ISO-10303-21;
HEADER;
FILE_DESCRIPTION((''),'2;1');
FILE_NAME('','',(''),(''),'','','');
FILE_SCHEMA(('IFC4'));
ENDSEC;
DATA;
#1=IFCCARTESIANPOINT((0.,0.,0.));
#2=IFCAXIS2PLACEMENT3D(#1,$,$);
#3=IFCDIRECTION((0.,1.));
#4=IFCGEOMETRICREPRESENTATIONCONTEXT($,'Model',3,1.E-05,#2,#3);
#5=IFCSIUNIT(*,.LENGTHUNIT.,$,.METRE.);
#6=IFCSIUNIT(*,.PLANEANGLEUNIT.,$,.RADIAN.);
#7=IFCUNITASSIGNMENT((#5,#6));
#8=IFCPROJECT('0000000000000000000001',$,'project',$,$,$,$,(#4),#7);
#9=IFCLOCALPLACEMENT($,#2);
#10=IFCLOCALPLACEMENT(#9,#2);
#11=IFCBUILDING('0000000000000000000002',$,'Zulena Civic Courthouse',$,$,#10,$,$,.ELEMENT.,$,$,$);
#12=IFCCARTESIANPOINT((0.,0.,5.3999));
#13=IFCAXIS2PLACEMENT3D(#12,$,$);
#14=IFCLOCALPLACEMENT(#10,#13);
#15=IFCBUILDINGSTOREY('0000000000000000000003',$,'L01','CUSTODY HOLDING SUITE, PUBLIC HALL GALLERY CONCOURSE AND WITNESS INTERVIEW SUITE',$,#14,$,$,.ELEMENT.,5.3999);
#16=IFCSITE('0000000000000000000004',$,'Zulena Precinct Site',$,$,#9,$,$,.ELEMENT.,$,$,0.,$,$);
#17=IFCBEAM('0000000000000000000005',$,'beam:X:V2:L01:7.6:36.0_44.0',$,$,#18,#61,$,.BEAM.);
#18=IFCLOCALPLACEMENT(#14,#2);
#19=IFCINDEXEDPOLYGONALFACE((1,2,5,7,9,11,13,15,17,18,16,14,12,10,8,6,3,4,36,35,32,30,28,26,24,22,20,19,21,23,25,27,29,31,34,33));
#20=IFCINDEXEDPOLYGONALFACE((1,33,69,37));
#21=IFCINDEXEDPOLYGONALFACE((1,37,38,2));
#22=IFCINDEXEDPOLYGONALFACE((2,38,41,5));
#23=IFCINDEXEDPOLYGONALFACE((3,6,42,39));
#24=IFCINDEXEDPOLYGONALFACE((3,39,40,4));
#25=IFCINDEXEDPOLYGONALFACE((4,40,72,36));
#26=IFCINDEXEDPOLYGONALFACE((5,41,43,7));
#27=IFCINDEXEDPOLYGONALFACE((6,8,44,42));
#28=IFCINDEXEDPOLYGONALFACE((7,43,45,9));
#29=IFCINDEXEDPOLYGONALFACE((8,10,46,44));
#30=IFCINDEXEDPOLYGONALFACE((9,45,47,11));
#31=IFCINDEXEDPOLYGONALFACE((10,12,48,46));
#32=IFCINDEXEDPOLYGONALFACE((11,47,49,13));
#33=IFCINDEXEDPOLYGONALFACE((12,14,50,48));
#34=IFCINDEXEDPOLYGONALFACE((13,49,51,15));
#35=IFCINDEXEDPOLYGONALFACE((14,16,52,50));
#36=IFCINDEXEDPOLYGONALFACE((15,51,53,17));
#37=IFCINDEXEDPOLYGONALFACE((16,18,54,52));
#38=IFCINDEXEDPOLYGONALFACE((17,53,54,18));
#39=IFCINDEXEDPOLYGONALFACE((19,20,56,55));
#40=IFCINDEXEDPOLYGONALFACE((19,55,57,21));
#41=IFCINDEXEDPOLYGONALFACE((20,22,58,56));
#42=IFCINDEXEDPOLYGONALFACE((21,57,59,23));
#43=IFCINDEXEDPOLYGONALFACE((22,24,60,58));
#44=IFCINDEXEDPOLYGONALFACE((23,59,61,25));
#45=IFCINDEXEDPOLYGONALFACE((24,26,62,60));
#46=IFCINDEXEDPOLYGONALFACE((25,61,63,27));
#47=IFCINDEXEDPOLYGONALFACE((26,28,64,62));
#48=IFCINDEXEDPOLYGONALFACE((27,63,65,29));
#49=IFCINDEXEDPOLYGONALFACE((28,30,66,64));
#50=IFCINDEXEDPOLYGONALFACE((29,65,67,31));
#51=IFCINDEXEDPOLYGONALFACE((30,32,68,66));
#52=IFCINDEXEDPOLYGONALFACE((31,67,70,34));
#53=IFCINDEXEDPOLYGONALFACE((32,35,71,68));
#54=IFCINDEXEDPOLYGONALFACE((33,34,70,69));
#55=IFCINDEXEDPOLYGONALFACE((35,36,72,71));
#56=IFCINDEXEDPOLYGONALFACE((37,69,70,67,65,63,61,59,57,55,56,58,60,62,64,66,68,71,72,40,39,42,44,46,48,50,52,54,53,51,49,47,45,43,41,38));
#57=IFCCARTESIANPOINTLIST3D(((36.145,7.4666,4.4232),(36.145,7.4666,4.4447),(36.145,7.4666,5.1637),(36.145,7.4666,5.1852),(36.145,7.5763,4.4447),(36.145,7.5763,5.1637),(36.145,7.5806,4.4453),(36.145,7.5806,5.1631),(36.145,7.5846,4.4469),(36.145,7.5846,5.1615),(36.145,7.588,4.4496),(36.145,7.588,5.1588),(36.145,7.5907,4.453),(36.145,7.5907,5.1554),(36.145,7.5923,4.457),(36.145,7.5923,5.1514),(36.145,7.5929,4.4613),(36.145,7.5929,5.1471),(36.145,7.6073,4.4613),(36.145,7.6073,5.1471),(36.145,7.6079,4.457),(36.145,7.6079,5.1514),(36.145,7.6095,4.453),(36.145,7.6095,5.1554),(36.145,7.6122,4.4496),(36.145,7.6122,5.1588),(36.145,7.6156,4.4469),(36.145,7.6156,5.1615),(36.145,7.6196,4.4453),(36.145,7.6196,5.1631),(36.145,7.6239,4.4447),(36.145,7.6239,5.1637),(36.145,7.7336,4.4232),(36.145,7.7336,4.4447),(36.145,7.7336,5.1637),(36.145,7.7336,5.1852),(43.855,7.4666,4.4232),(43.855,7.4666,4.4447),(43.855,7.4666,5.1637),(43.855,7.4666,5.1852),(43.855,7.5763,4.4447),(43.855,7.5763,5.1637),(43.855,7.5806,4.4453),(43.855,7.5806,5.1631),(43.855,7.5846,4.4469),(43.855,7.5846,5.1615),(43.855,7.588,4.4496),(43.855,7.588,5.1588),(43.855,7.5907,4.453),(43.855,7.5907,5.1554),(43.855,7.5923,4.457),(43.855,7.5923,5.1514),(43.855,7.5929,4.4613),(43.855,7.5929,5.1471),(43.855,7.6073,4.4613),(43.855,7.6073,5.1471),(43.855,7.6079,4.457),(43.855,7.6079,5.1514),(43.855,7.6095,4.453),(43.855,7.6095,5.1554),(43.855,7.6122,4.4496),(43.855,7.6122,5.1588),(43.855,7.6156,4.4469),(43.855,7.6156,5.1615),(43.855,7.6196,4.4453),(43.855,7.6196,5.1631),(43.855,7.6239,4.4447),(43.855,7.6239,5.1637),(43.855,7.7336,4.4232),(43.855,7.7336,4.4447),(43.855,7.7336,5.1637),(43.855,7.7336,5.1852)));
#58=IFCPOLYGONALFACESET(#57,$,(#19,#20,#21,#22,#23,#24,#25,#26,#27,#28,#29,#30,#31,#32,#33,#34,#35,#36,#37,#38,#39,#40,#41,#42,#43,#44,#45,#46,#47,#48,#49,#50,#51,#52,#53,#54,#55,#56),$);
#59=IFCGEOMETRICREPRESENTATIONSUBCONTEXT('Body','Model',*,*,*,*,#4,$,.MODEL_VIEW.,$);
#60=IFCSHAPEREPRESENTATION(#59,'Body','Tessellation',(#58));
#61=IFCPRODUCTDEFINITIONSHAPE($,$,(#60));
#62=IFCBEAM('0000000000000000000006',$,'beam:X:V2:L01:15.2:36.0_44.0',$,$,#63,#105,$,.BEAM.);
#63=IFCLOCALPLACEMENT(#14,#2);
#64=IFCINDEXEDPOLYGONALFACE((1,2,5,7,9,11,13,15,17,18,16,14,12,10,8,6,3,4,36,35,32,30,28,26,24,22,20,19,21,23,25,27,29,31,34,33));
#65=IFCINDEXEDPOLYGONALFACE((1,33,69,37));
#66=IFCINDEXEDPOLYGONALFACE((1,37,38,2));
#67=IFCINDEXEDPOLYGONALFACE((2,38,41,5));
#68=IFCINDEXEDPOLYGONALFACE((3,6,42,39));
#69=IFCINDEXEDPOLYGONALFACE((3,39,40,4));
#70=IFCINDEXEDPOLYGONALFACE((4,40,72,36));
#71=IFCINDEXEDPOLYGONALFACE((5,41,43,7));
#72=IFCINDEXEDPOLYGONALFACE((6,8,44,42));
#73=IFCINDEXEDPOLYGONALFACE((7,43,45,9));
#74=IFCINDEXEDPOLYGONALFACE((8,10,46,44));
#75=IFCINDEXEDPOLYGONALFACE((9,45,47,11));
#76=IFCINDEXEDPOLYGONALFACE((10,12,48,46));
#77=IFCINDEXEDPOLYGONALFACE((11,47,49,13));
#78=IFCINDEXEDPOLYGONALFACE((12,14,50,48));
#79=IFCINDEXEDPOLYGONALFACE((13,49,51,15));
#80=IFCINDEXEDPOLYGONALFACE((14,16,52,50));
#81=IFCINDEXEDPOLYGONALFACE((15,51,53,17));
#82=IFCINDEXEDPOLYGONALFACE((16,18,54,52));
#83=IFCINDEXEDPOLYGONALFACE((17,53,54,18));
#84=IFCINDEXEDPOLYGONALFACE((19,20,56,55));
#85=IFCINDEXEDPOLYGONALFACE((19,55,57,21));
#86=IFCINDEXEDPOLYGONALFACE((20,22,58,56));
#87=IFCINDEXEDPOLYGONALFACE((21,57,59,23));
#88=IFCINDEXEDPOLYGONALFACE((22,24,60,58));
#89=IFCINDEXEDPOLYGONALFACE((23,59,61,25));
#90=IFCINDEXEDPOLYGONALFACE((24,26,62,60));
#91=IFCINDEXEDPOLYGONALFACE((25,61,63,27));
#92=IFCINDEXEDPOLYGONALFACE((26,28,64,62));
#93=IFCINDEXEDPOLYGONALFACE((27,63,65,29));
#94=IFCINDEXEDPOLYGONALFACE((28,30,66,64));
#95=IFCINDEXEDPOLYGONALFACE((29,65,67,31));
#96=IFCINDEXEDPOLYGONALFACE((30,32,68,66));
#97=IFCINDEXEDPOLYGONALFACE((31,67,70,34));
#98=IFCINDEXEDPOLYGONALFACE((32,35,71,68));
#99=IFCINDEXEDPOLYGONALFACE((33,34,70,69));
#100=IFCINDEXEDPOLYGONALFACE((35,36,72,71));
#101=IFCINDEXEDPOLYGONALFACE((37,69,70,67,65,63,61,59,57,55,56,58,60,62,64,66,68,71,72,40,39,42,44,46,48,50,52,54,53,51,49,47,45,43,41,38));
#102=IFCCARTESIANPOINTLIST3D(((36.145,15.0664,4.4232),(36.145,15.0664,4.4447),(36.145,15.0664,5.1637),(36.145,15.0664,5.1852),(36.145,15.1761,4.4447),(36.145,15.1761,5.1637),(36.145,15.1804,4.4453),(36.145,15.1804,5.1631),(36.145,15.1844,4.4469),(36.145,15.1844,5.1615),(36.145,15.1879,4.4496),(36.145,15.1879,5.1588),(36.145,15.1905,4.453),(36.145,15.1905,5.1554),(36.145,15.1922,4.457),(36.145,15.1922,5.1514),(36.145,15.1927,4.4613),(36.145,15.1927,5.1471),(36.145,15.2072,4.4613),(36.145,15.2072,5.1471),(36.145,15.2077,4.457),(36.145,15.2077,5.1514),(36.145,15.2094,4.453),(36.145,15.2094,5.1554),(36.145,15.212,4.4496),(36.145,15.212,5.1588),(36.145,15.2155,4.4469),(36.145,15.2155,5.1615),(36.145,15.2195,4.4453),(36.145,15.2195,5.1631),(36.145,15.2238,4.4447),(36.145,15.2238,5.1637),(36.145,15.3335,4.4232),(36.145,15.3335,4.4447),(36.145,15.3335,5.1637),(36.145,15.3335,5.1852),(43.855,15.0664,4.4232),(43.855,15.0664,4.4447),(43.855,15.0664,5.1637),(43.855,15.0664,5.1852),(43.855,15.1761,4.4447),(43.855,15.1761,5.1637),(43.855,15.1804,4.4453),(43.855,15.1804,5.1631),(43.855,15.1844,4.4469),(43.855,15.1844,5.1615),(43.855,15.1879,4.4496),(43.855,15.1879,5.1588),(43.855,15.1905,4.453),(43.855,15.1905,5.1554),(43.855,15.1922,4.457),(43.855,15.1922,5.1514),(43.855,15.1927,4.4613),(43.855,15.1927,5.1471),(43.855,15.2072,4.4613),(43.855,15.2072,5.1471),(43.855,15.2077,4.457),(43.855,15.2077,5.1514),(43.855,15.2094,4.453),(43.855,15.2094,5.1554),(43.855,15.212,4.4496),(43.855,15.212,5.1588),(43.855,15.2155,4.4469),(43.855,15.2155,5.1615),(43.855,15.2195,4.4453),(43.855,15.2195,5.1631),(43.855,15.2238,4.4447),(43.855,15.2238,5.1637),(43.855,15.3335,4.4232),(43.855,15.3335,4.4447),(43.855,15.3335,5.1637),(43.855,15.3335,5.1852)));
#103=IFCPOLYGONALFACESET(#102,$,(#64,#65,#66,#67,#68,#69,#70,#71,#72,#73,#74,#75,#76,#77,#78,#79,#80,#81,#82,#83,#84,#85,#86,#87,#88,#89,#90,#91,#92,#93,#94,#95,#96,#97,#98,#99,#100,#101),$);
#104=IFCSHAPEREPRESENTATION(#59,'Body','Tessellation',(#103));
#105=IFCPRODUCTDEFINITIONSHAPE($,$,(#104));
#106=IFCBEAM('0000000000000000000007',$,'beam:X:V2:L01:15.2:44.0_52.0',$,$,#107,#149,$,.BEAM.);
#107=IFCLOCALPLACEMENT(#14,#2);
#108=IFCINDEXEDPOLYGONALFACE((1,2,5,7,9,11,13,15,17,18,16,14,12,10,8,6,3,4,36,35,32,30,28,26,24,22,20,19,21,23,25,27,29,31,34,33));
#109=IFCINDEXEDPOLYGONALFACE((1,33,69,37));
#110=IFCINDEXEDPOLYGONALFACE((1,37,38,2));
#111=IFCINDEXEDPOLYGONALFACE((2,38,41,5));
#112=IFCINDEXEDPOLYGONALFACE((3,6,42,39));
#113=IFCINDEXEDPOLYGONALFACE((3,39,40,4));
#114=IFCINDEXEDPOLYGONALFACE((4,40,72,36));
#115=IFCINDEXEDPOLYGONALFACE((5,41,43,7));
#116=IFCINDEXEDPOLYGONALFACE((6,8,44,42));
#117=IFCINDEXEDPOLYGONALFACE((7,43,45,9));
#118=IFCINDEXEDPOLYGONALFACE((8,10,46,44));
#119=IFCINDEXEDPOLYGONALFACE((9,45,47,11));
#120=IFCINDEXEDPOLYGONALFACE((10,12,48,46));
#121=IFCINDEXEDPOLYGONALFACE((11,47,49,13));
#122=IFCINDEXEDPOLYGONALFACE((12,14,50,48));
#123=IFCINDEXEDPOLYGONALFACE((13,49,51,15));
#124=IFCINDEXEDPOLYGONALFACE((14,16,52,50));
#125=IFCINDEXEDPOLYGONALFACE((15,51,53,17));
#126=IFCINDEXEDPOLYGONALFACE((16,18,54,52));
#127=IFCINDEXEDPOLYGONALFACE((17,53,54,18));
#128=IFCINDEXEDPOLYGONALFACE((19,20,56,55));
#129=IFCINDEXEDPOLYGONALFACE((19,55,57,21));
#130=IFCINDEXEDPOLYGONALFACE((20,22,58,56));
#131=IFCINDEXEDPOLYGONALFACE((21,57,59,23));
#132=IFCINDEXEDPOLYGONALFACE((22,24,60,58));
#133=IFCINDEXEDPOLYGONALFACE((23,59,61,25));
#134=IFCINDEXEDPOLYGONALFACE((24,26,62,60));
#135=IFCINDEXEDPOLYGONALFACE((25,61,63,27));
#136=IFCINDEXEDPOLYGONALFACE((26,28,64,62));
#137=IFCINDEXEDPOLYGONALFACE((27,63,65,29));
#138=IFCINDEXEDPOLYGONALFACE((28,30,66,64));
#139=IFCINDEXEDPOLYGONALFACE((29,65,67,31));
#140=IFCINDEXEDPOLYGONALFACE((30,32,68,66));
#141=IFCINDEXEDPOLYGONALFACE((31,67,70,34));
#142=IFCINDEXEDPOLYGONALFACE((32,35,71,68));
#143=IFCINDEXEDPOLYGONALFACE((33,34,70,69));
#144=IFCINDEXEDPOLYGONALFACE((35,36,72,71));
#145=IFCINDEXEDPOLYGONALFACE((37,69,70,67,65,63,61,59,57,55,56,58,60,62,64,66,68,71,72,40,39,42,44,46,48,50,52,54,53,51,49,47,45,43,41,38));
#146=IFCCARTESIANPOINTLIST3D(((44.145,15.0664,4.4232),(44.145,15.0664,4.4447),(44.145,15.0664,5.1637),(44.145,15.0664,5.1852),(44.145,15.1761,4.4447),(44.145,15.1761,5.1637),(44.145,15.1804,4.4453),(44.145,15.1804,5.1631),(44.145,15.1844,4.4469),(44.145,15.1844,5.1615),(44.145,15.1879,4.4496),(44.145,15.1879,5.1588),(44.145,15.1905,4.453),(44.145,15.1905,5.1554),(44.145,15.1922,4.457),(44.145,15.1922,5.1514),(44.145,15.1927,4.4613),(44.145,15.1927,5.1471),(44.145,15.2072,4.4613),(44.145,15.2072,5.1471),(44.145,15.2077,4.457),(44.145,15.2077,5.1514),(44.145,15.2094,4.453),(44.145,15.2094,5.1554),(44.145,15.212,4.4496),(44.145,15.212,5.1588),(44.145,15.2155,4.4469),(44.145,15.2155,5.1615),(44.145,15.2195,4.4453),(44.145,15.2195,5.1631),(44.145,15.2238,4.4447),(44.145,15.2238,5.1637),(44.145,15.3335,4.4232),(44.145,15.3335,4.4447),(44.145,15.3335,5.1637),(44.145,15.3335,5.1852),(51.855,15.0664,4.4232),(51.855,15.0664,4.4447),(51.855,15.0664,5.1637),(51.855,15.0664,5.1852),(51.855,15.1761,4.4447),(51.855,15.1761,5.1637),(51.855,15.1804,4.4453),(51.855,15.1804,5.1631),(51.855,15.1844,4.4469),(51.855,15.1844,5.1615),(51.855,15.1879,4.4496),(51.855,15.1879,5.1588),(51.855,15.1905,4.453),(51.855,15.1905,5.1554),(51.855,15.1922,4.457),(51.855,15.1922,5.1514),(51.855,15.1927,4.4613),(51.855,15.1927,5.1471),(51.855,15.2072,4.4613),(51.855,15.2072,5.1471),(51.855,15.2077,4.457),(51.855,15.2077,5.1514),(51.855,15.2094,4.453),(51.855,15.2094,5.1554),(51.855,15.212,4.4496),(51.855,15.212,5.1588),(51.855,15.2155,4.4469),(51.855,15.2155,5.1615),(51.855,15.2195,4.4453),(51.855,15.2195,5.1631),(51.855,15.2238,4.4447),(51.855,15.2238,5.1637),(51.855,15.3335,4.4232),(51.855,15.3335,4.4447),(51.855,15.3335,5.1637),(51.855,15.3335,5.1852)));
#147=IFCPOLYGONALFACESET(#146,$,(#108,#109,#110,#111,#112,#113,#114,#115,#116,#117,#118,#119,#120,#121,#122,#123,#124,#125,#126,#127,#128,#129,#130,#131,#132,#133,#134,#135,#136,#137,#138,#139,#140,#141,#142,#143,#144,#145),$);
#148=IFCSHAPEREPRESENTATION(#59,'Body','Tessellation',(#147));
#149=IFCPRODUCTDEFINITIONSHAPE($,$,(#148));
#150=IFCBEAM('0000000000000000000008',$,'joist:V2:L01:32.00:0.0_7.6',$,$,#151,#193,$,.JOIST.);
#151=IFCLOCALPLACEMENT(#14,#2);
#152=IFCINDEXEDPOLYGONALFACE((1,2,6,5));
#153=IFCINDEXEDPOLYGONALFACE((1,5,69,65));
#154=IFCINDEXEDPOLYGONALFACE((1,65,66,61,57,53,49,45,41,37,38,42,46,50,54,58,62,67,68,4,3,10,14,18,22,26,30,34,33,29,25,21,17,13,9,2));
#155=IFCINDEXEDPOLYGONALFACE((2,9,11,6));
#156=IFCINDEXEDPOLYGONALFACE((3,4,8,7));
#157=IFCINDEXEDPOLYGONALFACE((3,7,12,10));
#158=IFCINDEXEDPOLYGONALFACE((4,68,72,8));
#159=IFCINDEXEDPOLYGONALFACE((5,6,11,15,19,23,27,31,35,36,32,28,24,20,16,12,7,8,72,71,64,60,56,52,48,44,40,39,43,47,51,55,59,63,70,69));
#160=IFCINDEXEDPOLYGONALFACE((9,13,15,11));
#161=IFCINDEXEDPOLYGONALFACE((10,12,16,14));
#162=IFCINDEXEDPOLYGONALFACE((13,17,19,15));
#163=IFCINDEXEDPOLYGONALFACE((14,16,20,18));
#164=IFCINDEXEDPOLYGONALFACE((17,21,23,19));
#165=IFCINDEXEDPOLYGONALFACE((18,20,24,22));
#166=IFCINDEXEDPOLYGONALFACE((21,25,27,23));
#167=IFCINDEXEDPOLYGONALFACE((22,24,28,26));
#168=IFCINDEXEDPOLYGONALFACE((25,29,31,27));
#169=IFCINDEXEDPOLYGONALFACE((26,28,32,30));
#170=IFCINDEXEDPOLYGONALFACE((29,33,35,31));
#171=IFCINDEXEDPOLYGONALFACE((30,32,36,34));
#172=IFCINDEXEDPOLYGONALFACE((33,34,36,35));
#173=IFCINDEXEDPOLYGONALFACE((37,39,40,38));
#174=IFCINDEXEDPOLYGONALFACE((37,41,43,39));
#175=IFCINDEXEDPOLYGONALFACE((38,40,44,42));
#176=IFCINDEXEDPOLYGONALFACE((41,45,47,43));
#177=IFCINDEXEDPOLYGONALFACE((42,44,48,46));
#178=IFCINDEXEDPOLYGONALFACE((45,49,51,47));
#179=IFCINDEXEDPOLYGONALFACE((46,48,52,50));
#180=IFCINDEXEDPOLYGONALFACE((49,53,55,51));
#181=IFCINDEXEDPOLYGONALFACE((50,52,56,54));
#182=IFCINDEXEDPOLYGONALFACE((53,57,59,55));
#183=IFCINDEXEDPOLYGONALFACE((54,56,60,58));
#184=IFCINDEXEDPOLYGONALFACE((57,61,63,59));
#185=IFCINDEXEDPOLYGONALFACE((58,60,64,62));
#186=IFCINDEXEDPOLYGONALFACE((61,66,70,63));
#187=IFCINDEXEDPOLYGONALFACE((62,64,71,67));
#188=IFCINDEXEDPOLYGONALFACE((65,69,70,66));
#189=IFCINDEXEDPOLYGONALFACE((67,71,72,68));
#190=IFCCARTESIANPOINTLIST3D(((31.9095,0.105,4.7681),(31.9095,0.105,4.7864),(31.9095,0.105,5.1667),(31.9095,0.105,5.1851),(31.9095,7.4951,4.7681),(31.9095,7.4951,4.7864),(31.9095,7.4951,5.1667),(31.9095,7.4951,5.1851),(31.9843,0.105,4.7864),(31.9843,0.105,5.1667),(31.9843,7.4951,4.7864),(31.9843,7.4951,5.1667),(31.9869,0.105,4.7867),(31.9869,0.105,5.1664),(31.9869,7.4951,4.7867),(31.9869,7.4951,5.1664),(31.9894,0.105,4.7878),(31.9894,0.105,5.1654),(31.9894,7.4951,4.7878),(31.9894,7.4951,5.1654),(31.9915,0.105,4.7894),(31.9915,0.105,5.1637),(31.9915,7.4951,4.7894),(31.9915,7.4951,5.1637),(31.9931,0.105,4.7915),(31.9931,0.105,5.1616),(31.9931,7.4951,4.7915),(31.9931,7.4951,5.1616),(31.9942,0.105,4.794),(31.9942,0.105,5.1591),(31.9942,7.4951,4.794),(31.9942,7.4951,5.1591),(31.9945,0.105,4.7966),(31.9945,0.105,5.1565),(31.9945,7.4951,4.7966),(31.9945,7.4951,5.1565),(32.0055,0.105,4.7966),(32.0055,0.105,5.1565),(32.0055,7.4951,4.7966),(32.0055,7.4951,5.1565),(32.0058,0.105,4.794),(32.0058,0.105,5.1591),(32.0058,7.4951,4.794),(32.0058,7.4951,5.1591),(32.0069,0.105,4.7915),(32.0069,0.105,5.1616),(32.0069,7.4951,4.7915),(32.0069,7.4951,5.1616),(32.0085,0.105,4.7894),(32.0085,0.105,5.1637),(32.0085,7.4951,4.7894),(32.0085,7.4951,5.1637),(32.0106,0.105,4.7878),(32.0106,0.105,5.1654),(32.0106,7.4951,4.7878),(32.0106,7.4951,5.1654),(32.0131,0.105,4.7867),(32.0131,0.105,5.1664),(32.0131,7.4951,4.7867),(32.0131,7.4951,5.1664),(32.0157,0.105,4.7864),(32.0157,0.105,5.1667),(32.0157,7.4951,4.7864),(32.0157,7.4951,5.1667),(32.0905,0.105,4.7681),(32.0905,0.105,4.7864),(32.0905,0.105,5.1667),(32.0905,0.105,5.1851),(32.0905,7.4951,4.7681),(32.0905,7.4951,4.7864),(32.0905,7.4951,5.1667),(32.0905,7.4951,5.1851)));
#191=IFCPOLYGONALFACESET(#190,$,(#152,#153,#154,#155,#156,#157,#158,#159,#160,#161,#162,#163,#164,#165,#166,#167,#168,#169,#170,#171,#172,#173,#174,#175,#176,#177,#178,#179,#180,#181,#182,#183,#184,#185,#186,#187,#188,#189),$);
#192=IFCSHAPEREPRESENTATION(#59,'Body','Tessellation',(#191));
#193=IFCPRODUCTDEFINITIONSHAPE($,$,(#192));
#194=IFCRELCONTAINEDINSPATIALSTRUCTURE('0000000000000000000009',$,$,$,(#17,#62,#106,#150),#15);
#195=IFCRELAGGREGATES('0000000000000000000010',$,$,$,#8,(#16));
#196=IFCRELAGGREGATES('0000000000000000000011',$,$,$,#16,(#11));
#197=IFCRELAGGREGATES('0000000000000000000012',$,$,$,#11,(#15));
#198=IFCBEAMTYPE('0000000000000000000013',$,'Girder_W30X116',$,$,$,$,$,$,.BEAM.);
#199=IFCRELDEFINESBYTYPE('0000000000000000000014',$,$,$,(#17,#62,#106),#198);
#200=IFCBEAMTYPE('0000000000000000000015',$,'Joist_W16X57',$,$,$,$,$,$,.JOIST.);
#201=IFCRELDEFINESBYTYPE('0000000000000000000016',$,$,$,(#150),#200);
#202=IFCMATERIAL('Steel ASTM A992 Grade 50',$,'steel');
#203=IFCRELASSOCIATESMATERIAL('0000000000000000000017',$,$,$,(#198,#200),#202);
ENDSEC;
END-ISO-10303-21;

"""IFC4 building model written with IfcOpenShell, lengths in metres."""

from ifc_helpers import new_model, si_unit, direction, frame, origin, origin_2d, place, context, subcontext, project, spatial, i_section, extrude, material, material_profile, profile_set, type_object, element, save


model = new_model("IFC4")

# Units and contexts
model_context = context("Model", 3, precision=1e-05, world=origin(), true_north=direction((0.0, 1.0)))
body_context = subcontext(model_context, "Body", "Model", "MODEL_VIEW")
ifc_project = project(units=[si_unit("LENGTHUNIT", "METRE"), si_unit("PLANEANGLEUNIT", "RADIAN")], contexts=[model_context])

# Site, building, storey
site_placement = place(None, origin())
site = spatial("IfcSite", under=ifc_project, at=site_placement, Name="Zulena Precinct Site", CompositionType="ELEMENT", RefElevation=0.0)
building_placement = place(site_placement, origin())
building = spatial("IfcBuilding", under=site, at=building_placement, Name="Zulena Civic Courthouse", CompositionType="ELEMENT")
storey_placement = place(building_placement, frame((0.0, 0.0, 5.3999)))
storey = spatial("IfcBuildingStorey", under=building, at=storey_placement, Name="L01", Description="CUSTODY HOLDING SUITE, PUBLIC HALL GALLERY CONCOURSE AND WITNESS INTERVIEW SUITE", CompositionType="ELEMENT", Elevation=5.3999)

# Shared definitions
ifc_material_1 = material(Name="Steel ASTM A992 Grade 50", Category="steel")

# Beams
ifc_material_profile_1 = material_profile(ifc_material_1, i_section(OverallWidth=0.2671, OverallDepth=0.762, WebThickness=0.0144, FlangeThickness=0.0215, FilletRadius=0.0166, at=origin_2d()), Name="W30X116")
ifc_profile_set_1 = profile_set([ifc_material_profile_1], Name="Steel ASTM A992 Grade 50")
beam_type_1 = type_object("IfcBeamType", Name="Girder_W30X116", PredefinedType="BEAM", material=ifc_profile_set_1)
for number, where, z_axis, x_axis, name in (
    (1, (36.145, 7.6001, 4.8042), (1.0, 0.0, 0.0), (0.0, 1.0, 0.0), "beam:X:V2:L01:7.6:36.0_44.0"),
    (2, (36.145, 15.2, 4.8042), (1.0, 0.0, 0.0), (0.0, 1.0, 0.0), "beam:X:V2:L01:15.2:36.0_44.0"),
    (3, (44.145, 15.2, 4.8042), (1.0, 0.0, 0.0), (0.0, 1.0, 0.0), "beam:X:V2:L01:15.2:44.0_52.0"),
):
    element("IfcBeam", number, at=place(storey_placement, frame(where, z_axis=z_axis, x_axis=x_axis)), inside=storey, type_object=beam_type_1, Name=name, PredefinedType="BEAM", context=body_context, shape_type="SweptSolid", body=[
        extrude(i_section(OverallWidth=0.2671, OverallDepth=0.762, WebThickness=0.0144, FlangeThickness=0.0215, FilletRadius=0.0166, at=origin_2d()), origin(), (0.0, 0.0, 1.0), 7.71),
    ])
ifc_material_profile_2 = material_profile(ifc_material_1, i_section(OverallWidth=0.1809, OverallDepth=0.417, WebThickness=0.011, FlangeThickness=0.0183, FilletRadius=0.0103, at=origin_2d()), Name="W16X57")
ifc_profile_set_2 = profile_set([ifc_material_profile_2], Name="Steel ASTM A992 Grade 50")
beam_type_2 = type_object("IfcBeamType", Name="Joist_W16X57", PredefinedType="JOIST", material=ifc_profile_set_2)
beam_1_placement = place(storey_placement, frame((32.0, 0.105, 4.9766), z_axis=(0.0, 1.0, 0.0), x_axis=(-1.0, 0.0, 0.0)))
element("IfcBeam", 4, at=beam_1_placement, inside=storey, type_object=beam_type_2, Name="joist:V2:L01:32.00:0.0_7.6", PredefinedType="JOIST", context=body_context, shape_type="SweptSolid", body=[
    extrude(i_section(OverallWidth=0.1809, OverallDepth=0.417, WebThickness=0.011, FlangeThickness=0.0183, FilletRadius=0.0103, at=origin_2d()), origin(), (0.0, 0.0, 1.0), 7.3901),
])

save(model, "model.ifc")
